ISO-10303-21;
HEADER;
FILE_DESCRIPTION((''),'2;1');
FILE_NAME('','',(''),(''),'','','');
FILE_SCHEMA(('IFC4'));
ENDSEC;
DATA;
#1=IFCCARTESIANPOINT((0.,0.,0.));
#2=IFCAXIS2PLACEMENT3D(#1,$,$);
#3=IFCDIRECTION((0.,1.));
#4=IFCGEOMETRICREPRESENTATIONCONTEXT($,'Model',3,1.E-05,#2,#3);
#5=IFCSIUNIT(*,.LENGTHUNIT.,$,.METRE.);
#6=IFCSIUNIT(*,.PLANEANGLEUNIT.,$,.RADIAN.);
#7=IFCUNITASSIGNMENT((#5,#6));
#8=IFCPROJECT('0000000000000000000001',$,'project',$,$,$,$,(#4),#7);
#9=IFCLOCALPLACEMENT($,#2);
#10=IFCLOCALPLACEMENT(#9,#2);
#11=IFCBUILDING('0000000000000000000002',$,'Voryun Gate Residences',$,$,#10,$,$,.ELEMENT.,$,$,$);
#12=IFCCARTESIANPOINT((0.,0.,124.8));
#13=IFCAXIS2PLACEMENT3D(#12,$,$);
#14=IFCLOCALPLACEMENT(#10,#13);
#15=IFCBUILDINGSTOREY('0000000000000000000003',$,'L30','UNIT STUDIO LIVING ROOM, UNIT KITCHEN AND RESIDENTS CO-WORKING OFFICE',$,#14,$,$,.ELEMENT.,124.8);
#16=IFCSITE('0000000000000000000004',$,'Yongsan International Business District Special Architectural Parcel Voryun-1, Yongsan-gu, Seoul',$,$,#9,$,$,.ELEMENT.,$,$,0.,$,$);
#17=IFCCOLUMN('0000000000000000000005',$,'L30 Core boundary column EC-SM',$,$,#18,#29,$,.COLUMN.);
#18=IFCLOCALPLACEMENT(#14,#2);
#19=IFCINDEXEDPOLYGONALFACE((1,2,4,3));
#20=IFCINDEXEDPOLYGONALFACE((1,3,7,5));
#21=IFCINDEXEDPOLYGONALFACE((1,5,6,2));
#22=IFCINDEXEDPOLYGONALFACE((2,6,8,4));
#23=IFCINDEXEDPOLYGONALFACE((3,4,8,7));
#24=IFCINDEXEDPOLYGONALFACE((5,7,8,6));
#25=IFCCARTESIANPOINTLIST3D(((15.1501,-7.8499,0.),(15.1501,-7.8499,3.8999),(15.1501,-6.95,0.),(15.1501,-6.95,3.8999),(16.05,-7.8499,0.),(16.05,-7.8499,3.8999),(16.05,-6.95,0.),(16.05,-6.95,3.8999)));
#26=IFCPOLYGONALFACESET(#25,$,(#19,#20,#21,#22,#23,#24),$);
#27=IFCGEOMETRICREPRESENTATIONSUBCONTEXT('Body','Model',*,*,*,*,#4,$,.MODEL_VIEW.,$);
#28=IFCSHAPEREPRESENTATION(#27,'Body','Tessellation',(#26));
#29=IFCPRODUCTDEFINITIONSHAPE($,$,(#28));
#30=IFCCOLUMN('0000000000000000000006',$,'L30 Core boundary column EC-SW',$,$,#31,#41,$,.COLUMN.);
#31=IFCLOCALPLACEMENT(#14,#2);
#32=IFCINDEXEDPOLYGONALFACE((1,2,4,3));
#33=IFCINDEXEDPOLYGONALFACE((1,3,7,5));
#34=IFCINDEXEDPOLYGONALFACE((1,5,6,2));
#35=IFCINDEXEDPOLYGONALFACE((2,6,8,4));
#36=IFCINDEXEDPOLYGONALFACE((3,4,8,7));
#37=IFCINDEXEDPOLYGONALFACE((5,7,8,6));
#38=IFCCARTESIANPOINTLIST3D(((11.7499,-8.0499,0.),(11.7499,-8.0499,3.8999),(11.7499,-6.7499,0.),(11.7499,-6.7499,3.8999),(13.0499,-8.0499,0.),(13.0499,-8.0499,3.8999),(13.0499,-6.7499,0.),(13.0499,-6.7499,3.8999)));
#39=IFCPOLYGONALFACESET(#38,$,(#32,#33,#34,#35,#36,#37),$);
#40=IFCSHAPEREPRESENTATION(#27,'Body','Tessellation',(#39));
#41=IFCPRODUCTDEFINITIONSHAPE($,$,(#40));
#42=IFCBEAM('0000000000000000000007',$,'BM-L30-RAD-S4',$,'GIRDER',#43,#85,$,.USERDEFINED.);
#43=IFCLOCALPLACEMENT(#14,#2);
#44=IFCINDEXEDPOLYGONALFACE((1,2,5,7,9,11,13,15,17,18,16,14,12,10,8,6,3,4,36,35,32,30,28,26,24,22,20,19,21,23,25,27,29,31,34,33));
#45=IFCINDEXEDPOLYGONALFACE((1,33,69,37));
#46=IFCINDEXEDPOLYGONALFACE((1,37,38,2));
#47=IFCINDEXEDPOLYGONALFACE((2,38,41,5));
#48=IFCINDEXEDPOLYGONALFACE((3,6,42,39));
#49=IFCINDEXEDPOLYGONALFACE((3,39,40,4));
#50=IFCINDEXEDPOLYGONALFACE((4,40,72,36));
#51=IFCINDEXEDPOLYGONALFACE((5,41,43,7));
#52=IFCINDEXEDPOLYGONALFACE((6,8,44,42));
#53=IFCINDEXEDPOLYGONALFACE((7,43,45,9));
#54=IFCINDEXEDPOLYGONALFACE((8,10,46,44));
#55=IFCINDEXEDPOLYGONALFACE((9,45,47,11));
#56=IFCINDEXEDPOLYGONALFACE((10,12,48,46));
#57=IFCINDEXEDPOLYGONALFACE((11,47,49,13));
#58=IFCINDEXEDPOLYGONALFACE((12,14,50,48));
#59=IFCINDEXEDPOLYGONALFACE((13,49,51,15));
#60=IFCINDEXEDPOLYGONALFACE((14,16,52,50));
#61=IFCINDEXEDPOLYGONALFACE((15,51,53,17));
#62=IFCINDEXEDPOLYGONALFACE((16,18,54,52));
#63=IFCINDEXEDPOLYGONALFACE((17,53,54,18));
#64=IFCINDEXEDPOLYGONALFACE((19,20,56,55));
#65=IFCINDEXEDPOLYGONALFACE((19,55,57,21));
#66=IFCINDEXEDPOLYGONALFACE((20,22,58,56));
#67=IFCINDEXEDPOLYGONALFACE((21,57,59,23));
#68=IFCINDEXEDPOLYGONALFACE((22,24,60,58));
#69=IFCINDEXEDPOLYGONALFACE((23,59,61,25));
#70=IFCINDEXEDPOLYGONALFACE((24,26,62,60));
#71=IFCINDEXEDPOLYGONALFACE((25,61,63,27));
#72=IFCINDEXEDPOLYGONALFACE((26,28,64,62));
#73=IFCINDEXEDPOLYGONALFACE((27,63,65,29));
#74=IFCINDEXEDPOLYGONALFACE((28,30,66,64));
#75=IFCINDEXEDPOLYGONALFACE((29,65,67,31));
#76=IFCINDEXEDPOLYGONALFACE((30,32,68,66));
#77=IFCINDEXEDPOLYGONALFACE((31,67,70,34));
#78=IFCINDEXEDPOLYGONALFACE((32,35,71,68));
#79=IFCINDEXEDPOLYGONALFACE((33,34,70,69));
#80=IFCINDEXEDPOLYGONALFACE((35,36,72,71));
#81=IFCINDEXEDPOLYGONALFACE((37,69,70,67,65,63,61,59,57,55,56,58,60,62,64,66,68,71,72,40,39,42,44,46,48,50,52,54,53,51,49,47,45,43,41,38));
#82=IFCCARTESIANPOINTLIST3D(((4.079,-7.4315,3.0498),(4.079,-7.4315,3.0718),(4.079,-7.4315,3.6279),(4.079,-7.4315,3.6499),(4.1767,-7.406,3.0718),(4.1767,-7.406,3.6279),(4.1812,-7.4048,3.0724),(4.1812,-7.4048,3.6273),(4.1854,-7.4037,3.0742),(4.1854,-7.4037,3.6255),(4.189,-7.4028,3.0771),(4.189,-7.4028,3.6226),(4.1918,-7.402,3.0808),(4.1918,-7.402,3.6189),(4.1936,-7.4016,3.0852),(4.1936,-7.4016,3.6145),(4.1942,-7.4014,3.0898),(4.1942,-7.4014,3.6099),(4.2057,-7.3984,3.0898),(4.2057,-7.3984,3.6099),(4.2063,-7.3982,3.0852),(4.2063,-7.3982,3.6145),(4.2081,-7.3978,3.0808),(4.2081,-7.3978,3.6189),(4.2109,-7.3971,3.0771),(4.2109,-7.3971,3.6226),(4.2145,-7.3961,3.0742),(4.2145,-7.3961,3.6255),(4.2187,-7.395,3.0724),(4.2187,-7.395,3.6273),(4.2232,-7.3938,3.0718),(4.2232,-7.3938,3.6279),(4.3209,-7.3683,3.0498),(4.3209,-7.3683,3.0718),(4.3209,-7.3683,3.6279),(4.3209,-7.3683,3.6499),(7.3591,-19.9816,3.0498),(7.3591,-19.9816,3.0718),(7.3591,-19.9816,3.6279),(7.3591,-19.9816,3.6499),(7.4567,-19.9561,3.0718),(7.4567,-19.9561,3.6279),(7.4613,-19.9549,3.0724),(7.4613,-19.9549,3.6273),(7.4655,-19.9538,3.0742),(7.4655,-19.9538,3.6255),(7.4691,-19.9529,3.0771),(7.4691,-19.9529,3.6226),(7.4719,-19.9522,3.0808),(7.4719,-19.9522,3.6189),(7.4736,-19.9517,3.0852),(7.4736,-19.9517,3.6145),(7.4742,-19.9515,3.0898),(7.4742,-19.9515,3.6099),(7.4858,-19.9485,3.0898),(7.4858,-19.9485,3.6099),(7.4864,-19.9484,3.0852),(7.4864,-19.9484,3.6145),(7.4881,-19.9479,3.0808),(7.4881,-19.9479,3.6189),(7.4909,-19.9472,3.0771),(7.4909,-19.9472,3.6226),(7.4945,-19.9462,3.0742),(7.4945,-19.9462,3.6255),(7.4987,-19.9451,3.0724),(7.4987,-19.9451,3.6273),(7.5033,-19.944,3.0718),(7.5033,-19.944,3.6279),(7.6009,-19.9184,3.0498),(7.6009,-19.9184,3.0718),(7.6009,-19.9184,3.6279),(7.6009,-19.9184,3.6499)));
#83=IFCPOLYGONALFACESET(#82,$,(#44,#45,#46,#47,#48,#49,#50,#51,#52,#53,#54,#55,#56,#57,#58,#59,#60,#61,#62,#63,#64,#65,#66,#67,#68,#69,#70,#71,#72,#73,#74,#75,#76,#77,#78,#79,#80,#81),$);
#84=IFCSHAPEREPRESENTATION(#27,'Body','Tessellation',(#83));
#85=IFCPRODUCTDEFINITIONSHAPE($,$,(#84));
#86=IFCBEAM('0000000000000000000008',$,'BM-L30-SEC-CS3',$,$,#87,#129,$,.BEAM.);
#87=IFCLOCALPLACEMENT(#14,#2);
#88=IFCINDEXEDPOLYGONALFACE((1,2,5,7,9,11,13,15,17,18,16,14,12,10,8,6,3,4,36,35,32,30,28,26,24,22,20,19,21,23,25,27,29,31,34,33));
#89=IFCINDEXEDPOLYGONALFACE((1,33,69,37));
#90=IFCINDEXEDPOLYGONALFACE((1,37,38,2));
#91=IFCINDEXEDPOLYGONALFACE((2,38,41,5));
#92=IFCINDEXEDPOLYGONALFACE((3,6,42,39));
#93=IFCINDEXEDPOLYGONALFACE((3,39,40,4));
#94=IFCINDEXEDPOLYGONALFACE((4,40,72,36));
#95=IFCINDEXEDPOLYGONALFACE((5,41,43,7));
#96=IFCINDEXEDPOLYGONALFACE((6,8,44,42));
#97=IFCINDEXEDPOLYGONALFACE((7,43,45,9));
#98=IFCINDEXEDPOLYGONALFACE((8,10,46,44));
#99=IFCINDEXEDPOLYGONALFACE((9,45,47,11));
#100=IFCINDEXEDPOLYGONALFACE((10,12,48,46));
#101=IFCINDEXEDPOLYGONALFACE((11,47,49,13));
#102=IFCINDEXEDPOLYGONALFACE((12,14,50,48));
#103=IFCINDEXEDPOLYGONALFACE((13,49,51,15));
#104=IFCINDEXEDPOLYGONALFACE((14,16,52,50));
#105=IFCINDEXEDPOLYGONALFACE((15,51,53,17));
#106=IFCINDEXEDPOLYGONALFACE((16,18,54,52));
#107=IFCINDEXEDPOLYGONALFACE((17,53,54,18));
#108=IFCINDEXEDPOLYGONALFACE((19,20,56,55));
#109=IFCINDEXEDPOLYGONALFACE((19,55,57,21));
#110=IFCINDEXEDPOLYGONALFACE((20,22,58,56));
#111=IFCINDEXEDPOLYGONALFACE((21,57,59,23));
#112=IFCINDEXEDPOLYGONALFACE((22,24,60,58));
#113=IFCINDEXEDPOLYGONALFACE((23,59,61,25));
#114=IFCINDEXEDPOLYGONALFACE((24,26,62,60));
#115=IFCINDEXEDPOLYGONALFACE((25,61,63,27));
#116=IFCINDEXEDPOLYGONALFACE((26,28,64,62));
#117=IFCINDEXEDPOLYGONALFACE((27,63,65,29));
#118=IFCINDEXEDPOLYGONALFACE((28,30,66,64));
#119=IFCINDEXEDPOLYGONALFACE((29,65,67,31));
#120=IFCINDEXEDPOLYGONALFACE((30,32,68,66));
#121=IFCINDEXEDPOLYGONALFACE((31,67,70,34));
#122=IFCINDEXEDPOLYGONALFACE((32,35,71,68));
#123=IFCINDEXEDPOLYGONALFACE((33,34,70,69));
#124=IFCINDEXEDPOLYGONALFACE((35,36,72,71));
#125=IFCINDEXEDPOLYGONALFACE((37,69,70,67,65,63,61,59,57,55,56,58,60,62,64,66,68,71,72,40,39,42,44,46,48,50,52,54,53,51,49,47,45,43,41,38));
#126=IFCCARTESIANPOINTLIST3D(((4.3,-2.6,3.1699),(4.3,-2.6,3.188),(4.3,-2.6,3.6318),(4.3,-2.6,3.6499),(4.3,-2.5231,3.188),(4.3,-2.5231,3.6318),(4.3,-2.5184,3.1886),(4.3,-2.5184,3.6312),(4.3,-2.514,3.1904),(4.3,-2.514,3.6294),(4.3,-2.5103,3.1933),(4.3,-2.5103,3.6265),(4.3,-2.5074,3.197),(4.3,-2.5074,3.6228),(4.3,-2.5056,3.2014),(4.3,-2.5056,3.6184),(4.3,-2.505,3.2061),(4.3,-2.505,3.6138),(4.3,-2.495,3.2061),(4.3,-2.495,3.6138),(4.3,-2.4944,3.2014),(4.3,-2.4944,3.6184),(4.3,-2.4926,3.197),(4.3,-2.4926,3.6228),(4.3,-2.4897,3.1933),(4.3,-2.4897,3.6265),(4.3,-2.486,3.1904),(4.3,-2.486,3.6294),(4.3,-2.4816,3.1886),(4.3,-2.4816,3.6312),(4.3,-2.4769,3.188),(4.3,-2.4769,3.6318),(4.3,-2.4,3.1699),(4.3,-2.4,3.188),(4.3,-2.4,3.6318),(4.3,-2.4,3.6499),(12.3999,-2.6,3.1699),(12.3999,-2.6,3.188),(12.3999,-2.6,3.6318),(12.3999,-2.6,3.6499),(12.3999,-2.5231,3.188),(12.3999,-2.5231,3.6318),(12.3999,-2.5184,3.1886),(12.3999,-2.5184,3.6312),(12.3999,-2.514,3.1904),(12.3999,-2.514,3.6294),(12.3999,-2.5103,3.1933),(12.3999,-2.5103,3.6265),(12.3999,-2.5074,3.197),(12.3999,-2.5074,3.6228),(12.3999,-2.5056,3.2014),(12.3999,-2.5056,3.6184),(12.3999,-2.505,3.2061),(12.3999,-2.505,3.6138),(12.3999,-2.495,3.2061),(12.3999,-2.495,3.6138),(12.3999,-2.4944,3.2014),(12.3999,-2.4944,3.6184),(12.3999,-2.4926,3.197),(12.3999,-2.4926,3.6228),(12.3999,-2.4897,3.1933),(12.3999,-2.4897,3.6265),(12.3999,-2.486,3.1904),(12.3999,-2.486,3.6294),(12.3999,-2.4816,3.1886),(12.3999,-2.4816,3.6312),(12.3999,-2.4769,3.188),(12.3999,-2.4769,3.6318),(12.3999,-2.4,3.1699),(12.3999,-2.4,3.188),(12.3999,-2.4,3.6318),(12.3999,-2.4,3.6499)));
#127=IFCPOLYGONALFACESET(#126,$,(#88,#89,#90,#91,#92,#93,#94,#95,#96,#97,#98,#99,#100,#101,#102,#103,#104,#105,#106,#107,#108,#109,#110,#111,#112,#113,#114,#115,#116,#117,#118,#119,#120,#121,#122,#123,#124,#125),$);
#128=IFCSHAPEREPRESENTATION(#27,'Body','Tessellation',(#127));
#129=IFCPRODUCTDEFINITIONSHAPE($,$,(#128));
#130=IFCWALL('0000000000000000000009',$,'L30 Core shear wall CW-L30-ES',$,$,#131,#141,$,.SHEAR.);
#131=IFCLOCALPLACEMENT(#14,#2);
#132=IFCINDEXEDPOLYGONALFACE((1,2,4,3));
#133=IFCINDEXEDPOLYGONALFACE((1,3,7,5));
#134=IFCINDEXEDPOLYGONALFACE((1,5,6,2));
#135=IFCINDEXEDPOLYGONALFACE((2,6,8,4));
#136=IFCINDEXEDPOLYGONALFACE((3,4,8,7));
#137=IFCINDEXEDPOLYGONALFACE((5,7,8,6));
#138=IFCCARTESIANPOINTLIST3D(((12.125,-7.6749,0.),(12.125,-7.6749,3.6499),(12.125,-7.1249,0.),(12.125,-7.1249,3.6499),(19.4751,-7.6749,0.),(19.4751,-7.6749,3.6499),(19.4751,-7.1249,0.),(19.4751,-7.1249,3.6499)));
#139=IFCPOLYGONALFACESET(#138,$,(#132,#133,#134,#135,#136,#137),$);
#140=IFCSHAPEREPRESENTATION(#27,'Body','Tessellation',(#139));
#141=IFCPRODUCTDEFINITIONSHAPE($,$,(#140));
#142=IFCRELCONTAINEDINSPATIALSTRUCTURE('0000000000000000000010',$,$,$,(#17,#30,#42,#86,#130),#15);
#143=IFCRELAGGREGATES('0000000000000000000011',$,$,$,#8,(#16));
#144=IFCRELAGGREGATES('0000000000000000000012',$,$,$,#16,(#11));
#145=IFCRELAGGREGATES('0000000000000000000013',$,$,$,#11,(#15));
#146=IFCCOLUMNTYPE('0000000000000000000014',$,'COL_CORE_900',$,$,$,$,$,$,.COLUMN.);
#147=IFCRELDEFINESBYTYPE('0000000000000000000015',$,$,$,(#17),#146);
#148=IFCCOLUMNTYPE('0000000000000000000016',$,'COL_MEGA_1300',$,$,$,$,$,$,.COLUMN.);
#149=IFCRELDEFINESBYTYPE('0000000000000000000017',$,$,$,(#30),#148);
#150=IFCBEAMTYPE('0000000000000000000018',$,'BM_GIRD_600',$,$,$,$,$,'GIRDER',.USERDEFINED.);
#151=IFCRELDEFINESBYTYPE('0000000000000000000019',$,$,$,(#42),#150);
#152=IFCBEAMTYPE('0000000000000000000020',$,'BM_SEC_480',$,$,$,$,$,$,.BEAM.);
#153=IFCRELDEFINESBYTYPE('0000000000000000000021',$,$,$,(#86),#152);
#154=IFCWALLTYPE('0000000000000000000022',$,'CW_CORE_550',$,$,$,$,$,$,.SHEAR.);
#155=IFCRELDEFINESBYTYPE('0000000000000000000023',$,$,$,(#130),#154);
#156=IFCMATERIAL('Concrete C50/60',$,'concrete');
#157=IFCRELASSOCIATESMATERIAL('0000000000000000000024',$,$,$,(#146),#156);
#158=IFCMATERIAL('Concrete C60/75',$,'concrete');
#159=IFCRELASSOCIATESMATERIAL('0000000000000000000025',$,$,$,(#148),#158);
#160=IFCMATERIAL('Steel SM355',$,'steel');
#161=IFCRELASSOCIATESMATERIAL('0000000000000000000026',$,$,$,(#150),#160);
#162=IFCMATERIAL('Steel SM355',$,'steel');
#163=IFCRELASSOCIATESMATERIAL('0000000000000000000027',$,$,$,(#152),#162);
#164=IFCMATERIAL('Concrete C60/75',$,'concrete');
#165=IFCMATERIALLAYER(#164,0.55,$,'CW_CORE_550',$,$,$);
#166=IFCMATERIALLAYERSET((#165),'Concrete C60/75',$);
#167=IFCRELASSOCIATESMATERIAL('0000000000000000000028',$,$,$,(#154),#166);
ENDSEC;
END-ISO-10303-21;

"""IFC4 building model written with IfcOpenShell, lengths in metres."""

from ifc_helpers import new_model, si_unit, direction, frame, frame_2d, origin, origin_2d, place, context, subcontext, project, spatial, rectangle, i_section, extrude, material, layer, layer_set, material_profile, profile_set, type_object, element, save


model = new_model("IFC4")

# Units and contexts
model_context = context("Model", 3, precision=1e-05, world=origin(), true_north=direction((0.0, 1.0)))
body_context = subcontext(model_context, "Body", "Model", "MODEL_VIEW")
ifc_project = project(units=[si_unit("LENGTHUNIT", "METRE"), si_unit("PLANEANGLEUNIT", "RADIAN")], contexts=[model_context])

# Site, building, storey
site_placement = place(None, origin())
site = spatial("IfcSite", under=ifc_project, at=site_placement, Name="Yongsan International Business District Special Architectural Parcel Voryun-1, Yongsan-gu, Seoul", CompositionType="ELEMENT", RefElevation=0.0)
building_placement = place(site_placement, origin())
building = spatial("IfcBuilding", under=site, at=building_placement, Name="Voryun Gate Residences", CompositionType="ELEMENT")
storey_placement = place(building_placement, frame((0.0, 0.0, 124.8)))
storey = spatial("IfcBuildingStorey", under=building, at=storey_placement, Name="L30", Description="UNIT STUDIO LIVING ROOM, UNIT KITCHEN AND RESIDENTS CO-WORKING OFFICE", CompositionType="ELEMENT", Elevation=124.8)

# Columns
ifc_material_1 = material(Name="Concrete C50/60", Category="concrete")
ifc_material_profile_1 = material_profile(ifc_material_1, rectangle(XDim=0.8999, YDim=0.8999, at=origin_2d()), Name="RC-900x900")
ifc_profile_set_1 = profile_set([ifc_material_profile_1], Name="Concrete C50/60")
column_type_1 = type_object("IfcColumnType", Name="COL_CORE_900", PredefinedType="COLUMN", material=ifc_profile_set_1)
column_1_placement = place(storey_placement, frame((15.6001, -7.3999, 0.0), z_axis=(0.0, 0.0, 1.0), x_axis=(1.0, 0.0, 0.0)))
element("IfcColumn", 1, at=column_1_placement, inside=storey, type_object=column_type_1, Name="L30 Core boundary column EC-SM", PredefinedType="COLUMN", context=body_context, shape_type="SweptSolid", body=[
    extrude(rectangle(XDim=0.8999, YDim=0.8999, at=origin_2d()), origin(), (0.0, 0.0, 1.0), 3.8999),
])
ifc_material_2 = material(Name="Concrete C60/75", Category="concrete")
ifc_material_profile_2 = material_profile(ifc_material_2, rectangle(XDim=1.3, YDim=1.3, at=origin_2d()), Name="RC-1300x1300")
ifc_profile_set_2 = profile_set([ifc_material_profile_2], Name="Concrete C60/75")
column_type_2 = type_object("IfcColumnType", Name="COL_MEGA_1300", PredefinedType="COLUMN", material=ifc_profile_set_2)
column_2_placement = place(storey_placement, frame((12.3999, -7.3999, 0.0), z_axis=(0.0, 0.0, 1.0), x_axis=(1.0, 0.0, 0.0)))
element("IfcColumn", 2, at=column_2_placement, inside=storey, type_object=column_type_2, Name="L30 Core boundary column EC-SW", PredefinedType="COLUMN", context=body_context, shape_type="SweptSolid", body=[
    extrude(rectangle(XDim=1.3, YDim=1.3, at=origin_2d()), origin(), (0.0, 0.0, 1.0), 3.8999),
])

# Beams
ifc_material_3 = material(Name="Steel SM355", Category="steel")
ifc_material_profile_3 = material_profile(ifc_material_3, i_section(OverallWidth=0.25, OverallDepth=0.6001, WebThickness=0.012, FlangeThickness=0.022, FilletRadius=0.0181, at=origin_2d()), Name="H-600x250x12x22")
ifc_profile_set_3 = profile_set([ifc_material_profile_3], Name="Steel SM355")
beam_type_1 = type_object("IfcBeamType", Name="BM_GIRD_600", ElementType="GIRDER", PredefinedType="USERDEFINED", material=ifc_profile_set_3)
beam_1_placement = place(storey_placement, frame((4.2, -7.3999, 3.3499), z_axis=(0.252862, -0.967502, 0.0), x_axis=(0.967502, 0.252862, 0.0)))
element("IfcBeam", 3, at=beam_1_placement, inside=storey, type_object=beam_type_1, Name="BM-L30-RAD-S4", ObjectType="GIRDER", PredefinedType="USERDEFINED", context=body_context, shape_type="SweptSolid", body=[
    extrude(i_section(OverallWidth=0.25, OverallDepth=0.6001, WebThickness=0.012, FlangeThickness=0.022, FilletRadius=0.0181, at=origin_2d()), origin(), (0.0, 0.0, 1.0), 12.9717),
])
ifc_material_4 = material(Name="Steel SM355", Category="steel")
ifc_material_profile_4 = material_profile(ifc_material_4, i_section(OverallWidth=0.2, OverallDepth=0.48, WebThickness=0.01, FlangeThickness=0.0181, FilletRadius=0.0181, at=origin_2d()), Name="H-480x200x10x18")
ifc_profile_set_4 = profile_set([ifc_material_profile_4], Name="Steel SM355")
beam_type_2 = type_object("IfcBeamType", Name="BM_SEC_480", PredefinedType="BEAM", material=ifc_profile_set_4)
beam_2_placement = place(storey_placement, frame((4.3, -2.5, 3.4099), z_axis=(1.0, 0.0, 0.0), x_axis=(0.0, 1.0, 0.0)))
element("IfcBeam", 4, at=beam_2_placement, inside=storey, type_object=beam_type_2, Name="BM-L30-SEC-CS3", PredefinedType="BEAM", context=body_context, shape_type="SweptSolid", body=[
    extrude(i_section(OverallWidth=0.2, OverallDepth=0.48, WebThickness=0.01, FlangeThickness=0.0181, FilletRadius=0.0181, at=origin_2d()), origin(), (0.0, 0.0, 1.0), 8.0999),
])

# Wall
ifc_material_5 = material(Name="Concrete C60/75", Category="concrete")
ifc_layer_1 = layer(ifc_material_5, 0.55, Name="CW_CORE_550")
ifc_layer_set_1 = layer_set([ifc_layer_1], Name="Concrete C60/75")
wall_type_1 = type_object("IfcWallType", Name="CW_CORE_550", PredefinedType="SHEAR", material=ifc_layer_set_1)
wall_1_placement = place(storey_placement, frame((12.125, -7.3999, 0.0), z_axis=(0.0, 0.0, 1.0), x_axis=(1.0, 0.0, 0.0)))
element("IfcWall", 5, at=wall_1_placement, inside=storey, type_object=wall_type_1, Name="L30 Core shear wall CW-L30-ES", PredefinedType="SHEAR", context=body_context, shape_type="SweptSolid", body=[
    extrude(rectangle(XDim=7.3501, YDim=0.55, at=frame_2d((3.675, 0.0))), origin(), (0.0, 0.0, 1.0), 3.6499),
])

save(model, "model.ifc")
